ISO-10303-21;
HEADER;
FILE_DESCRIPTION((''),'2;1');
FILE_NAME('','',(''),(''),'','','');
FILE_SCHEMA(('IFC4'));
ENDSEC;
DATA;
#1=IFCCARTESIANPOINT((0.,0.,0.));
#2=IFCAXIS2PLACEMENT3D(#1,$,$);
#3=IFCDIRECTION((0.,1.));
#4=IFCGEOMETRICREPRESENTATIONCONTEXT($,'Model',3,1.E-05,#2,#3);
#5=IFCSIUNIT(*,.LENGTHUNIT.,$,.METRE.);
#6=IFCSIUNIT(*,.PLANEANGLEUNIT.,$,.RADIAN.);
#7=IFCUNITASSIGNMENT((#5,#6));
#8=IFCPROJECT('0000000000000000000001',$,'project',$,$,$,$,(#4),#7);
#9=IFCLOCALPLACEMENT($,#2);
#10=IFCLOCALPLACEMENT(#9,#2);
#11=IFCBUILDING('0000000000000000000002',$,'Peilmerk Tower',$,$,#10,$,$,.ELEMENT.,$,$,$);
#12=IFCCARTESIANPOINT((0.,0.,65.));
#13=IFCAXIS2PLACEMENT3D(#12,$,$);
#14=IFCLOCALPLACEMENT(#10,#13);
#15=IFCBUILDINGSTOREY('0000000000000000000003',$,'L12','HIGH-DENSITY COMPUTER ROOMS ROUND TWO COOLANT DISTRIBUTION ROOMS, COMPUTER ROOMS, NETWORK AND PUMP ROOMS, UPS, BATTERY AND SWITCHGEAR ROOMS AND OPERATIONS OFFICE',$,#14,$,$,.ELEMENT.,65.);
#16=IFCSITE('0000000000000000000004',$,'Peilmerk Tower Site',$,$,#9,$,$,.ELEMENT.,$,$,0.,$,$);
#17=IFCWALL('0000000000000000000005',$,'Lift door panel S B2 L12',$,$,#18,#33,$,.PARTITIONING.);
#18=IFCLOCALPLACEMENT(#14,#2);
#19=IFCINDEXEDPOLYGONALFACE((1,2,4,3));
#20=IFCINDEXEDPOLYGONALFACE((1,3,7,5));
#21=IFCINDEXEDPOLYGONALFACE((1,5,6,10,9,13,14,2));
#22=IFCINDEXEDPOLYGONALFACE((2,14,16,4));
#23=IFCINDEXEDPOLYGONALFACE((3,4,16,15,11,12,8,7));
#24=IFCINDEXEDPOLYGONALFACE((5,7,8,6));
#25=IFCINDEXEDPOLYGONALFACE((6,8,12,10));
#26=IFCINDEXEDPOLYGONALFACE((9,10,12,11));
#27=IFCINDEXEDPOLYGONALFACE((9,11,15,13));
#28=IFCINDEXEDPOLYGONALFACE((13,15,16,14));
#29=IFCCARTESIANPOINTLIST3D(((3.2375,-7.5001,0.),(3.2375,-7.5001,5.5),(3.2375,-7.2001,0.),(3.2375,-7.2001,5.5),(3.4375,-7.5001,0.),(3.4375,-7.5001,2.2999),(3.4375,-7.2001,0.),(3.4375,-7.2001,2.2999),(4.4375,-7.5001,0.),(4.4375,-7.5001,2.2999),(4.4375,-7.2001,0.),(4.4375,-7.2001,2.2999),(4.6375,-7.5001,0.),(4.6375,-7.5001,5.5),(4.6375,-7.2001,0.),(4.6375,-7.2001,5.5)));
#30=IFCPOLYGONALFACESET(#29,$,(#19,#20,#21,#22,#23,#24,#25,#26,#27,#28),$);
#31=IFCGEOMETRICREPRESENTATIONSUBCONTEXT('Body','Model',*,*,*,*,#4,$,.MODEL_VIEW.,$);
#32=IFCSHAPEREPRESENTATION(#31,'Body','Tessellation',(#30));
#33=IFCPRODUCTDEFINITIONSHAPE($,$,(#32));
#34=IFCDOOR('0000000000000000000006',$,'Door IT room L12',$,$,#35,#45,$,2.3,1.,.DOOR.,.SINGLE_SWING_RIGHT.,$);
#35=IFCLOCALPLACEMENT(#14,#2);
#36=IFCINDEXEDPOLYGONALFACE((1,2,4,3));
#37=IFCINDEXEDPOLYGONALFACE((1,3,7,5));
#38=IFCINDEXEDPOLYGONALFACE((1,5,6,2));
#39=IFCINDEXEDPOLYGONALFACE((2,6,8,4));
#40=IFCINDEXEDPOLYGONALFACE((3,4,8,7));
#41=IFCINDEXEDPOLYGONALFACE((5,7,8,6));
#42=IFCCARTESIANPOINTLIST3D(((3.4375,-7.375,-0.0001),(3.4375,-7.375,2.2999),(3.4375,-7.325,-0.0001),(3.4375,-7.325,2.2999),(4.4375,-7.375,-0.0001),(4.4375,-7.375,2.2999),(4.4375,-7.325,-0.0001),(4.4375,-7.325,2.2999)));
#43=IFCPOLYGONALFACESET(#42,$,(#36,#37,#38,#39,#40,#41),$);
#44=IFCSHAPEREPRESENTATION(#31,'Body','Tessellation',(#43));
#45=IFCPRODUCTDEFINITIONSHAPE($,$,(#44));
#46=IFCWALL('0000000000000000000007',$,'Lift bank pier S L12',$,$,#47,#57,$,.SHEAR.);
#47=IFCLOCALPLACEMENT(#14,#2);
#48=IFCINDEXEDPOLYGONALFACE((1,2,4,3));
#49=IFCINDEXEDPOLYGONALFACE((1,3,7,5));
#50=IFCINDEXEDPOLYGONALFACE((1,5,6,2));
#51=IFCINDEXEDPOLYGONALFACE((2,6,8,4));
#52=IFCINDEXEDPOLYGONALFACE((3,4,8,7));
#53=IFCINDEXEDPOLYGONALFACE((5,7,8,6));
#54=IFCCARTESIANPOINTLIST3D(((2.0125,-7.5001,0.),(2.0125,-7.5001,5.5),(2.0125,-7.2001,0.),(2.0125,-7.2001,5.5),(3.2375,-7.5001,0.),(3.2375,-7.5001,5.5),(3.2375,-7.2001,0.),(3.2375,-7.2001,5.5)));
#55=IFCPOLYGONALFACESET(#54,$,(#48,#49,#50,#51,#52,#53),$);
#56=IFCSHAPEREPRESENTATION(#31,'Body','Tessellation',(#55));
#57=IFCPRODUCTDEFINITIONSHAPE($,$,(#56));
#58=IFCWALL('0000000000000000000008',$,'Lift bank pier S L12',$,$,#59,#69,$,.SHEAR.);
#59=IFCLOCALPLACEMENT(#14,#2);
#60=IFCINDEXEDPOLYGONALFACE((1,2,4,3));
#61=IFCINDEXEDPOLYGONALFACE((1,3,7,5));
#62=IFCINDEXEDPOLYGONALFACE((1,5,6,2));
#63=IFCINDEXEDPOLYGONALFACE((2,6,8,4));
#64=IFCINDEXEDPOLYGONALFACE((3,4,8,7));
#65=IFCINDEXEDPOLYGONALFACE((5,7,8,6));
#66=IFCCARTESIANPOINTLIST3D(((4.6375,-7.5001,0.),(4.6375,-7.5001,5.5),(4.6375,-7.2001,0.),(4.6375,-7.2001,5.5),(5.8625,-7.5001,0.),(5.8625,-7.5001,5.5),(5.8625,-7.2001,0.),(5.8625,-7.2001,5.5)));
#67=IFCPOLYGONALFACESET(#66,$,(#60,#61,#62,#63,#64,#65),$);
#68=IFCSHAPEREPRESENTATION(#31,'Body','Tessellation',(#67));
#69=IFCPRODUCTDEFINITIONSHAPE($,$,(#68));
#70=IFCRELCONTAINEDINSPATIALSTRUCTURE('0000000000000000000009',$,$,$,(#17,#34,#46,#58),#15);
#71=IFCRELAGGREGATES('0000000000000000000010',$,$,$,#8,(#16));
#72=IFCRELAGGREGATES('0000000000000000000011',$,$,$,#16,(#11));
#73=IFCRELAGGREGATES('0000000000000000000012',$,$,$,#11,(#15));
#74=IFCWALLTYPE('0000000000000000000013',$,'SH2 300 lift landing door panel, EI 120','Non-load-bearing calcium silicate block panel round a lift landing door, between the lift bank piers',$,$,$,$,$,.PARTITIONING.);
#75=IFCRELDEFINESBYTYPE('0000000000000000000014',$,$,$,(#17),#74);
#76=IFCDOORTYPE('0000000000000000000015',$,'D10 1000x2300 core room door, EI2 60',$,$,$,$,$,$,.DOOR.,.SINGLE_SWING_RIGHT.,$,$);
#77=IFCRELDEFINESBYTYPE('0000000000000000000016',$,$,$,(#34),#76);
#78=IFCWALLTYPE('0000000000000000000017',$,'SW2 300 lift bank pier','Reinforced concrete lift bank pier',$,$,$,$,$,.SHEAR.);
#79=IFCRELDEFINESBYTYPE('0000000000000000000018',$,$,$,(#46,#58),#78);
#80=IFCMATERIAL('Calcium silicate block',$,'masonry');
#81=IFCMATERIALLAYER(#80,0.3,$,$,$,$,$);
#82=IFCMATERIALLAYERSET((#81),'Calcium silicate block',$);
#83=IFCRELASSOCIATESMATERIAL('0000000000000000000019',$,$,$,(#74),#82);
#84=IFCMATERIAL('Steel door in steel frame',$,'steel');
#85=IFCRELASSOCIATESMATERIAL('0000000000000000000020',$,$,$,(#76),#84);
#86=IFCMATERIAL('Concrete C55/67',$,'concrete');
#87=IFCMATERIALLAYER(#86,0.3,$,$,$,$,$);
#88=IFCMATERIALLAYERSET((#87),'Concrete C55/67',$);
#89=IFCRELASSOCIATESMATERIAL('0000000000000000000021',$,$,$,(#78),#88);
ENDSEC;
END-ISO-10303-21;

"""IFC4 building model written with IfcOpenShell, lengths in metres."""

from ifc_helpers import new_model, si_unit, direction, frame, frame_2d, origin, place, context, subcontext, project, spatial, rectangle, extrude, material, layer, layer_set, type_object, element, fill, save


model = new_model("IFC4")

# Units and contexts
model_context = context("Model", 3, precision=1e-05, world=origin(), true_north=direction((0.0, 1.0)))
body_context = subcontext(model_context, "Body", "Model", "MODEL_VIEW")
ifc_project = project(units=[si_unit("LENGTHUNIT", "METRE"), si_unit("PLANEANGLEUNIT", "RADIAN")], contexts=[model_context])

# Site, building, storey
site_placement = place(None, origin())
site = spatial("IfcSite", under=ifc_project, at=site_placement, Name="Peilmerk Tower Site", CompositionType="ELEMENT", RefElevation=0.0)
building_placement = place(site_placement, origin())
building = spatial("IfcBuilding", under=site, at=building_placement, Name="Peilmerk Tower", CompositionType="ELEMENT")
storey_placement = place(building_placement, frame((0.0, 0.0, 65.0)))
storey = spatial("IfcBuildingStorey", under=building, at=storey_placement, Name="L12", Description="HIGH-DENSITY COMPUTER ROOMS ROUND TWO COOLANT DISTRIBUTION ROOMS, COMPUTER ROOMS, NETWORK AND PUMP ROOMS, UPS, BATTERY AND SWITCHGEAR ROOMS AND OPERATIONS OFFICE", CompositionType="ELEMENT", Elevation=65.0)

# Shared definitions
ifc_material_1 = material(Name="Steel door in steel frame", Category="steel")

# Shared definitions
ifc_material_2 = material(Name="Calcium silicate block", Category="masonry")
ifc_layer_1 = layer(ifc_material_2, 0.3)
ifc_layer_set_1 = layer_set([ifc_layer_1], Name="Calcium silicate block")
wall_type_1 = type_object("IfcWallType", Name="SH2 300 lift landing door panel, EI 120", Description="Non-load-bearing calcium silicate block panel round a lift landing door, between the lift bank piers", PredefinedType="PARTITIONING", material=ifc_layer_set_1)

# Wall, opening, door
wall_1_placement = place(storey_placement, frame((3.2375, -7.3501, 0.0), z_axis=(0.0, 0.0, 1.0), x_axis=(1.0, 0.0, 0.0)))
wall_1 = element("IfcWall", 1, at=wall_1_placement, inside=storey, type_object=wall_type_1, Name="Lift door panel S B2 L12", PredefinedType="PARTITIONING", context=body_context, shape_type="SweptSolid", body=[
    extrude(rectangle(XDim=1.3999, YDim=0.3, at=frame_2d((0.7, 0.0))), origin(), (0.0, 0.0, 1.0), 5.5),
])
opening_1_placement = place(wall_1_placement, frame((0.2, 0.0, 0.0)))
opening_1 = element("IfcOpeningElement", 2, at=opening_1_placement, cuts=wall_1, PredefinedType="OPENING", context=body_context, shape_type="SweptSolid", body=[
    extrude(rectangle(XDim=1.0, YDim=2.3, at=frame_2d((0.5, 1.1499))), frame((0.0, 0.1599, 0.0), z_axis=(0.0, -1.0, 0.0), x_axis=(1.0, 0.0, 0.0)), (0.0, 0.0, 1.0), 0.3201),
])
door_type_1 = type_object("IfcDoorType", Name="D10 1000x2300 core room door, EI2 60", OperationType="SINGLE_SWING_RIGHT", PredefinedType="DOOR", material=ifc_material_1)
door_1_placement = place(opening_1_placement, frame((1.0, 0.0, 0.0), z_axis=(0.0, 0.0, 1.0), x_axis=(-1.0, 0.0, 0.0)))
door_1 = element("IfcDoor", 3, at=door_1_placement, inside=storey, type_object=door_type_1, Name="Door IT room L12", OperationType="SINGLE_SWING_RIGHT", OverallHeight=2.3, OverallWidth=1.0, PredefinedType="DOOR", context=body_context, shape_type="SweptSolid", body=[
    extrude(rectangle(XDim=1.0, YDim=2.3, at=frame_2d((0.5, 1.1499))), frame((0.0, 0.0249, 0.0), z_axis=(0.0, -1.0, 0.0), x_axis=(1.0, 0.0, 0.0)), (0.0, 0.0, 1.0), 0.05),
])
fill(opening_1, door_1)

# Walls
ifc_material_3 = material(Name="Concrete C55/67", Category="concrete")
ifc_layer_2 = layer(ifc_material_3, 0.3)
ifc_layer_set_2 = layer_set([ifc_layer_2], Name="Concrete C55/67")
wall_type_2 = type_object("IfcWallType", Name="SW2 300 lift bank pier", Description="Reinforced concrete lift bank pier", PredefinedType="SHEAR", material=ifc_layer_set_2)
for number, where, z_axis, x_axis, name in (
    (4, (2.0125, -7.3501, 0.0), (0.0, 0.0, 1.0), (1.0, 0.0, 0.0), "Lift bank pier S L12"),
    (5, (4.6375, -7.3501, 0.0), (0.0, 0.0, 1.0), (1.0, 0.0, 0.0), "Lift bank pier S L12"),
):
    element("IfcWall", number, at=place(storey_placement, frame(where, z_axis=z_axis, x_axis=x_axis)), inside=storey, type_object=wall_type_2, Name=name, PredefinedType="SHEAR", context=body_context, shape_type="SweptSolid", body=[
        extrude(rectangle(XDim=1.2251, YDim=0.3, at=frame_2d((0.6125, 0.0))), origin(), (0.0, 0.0, 1.0), 5.5),
    ])

save(model, "model.ifc")
